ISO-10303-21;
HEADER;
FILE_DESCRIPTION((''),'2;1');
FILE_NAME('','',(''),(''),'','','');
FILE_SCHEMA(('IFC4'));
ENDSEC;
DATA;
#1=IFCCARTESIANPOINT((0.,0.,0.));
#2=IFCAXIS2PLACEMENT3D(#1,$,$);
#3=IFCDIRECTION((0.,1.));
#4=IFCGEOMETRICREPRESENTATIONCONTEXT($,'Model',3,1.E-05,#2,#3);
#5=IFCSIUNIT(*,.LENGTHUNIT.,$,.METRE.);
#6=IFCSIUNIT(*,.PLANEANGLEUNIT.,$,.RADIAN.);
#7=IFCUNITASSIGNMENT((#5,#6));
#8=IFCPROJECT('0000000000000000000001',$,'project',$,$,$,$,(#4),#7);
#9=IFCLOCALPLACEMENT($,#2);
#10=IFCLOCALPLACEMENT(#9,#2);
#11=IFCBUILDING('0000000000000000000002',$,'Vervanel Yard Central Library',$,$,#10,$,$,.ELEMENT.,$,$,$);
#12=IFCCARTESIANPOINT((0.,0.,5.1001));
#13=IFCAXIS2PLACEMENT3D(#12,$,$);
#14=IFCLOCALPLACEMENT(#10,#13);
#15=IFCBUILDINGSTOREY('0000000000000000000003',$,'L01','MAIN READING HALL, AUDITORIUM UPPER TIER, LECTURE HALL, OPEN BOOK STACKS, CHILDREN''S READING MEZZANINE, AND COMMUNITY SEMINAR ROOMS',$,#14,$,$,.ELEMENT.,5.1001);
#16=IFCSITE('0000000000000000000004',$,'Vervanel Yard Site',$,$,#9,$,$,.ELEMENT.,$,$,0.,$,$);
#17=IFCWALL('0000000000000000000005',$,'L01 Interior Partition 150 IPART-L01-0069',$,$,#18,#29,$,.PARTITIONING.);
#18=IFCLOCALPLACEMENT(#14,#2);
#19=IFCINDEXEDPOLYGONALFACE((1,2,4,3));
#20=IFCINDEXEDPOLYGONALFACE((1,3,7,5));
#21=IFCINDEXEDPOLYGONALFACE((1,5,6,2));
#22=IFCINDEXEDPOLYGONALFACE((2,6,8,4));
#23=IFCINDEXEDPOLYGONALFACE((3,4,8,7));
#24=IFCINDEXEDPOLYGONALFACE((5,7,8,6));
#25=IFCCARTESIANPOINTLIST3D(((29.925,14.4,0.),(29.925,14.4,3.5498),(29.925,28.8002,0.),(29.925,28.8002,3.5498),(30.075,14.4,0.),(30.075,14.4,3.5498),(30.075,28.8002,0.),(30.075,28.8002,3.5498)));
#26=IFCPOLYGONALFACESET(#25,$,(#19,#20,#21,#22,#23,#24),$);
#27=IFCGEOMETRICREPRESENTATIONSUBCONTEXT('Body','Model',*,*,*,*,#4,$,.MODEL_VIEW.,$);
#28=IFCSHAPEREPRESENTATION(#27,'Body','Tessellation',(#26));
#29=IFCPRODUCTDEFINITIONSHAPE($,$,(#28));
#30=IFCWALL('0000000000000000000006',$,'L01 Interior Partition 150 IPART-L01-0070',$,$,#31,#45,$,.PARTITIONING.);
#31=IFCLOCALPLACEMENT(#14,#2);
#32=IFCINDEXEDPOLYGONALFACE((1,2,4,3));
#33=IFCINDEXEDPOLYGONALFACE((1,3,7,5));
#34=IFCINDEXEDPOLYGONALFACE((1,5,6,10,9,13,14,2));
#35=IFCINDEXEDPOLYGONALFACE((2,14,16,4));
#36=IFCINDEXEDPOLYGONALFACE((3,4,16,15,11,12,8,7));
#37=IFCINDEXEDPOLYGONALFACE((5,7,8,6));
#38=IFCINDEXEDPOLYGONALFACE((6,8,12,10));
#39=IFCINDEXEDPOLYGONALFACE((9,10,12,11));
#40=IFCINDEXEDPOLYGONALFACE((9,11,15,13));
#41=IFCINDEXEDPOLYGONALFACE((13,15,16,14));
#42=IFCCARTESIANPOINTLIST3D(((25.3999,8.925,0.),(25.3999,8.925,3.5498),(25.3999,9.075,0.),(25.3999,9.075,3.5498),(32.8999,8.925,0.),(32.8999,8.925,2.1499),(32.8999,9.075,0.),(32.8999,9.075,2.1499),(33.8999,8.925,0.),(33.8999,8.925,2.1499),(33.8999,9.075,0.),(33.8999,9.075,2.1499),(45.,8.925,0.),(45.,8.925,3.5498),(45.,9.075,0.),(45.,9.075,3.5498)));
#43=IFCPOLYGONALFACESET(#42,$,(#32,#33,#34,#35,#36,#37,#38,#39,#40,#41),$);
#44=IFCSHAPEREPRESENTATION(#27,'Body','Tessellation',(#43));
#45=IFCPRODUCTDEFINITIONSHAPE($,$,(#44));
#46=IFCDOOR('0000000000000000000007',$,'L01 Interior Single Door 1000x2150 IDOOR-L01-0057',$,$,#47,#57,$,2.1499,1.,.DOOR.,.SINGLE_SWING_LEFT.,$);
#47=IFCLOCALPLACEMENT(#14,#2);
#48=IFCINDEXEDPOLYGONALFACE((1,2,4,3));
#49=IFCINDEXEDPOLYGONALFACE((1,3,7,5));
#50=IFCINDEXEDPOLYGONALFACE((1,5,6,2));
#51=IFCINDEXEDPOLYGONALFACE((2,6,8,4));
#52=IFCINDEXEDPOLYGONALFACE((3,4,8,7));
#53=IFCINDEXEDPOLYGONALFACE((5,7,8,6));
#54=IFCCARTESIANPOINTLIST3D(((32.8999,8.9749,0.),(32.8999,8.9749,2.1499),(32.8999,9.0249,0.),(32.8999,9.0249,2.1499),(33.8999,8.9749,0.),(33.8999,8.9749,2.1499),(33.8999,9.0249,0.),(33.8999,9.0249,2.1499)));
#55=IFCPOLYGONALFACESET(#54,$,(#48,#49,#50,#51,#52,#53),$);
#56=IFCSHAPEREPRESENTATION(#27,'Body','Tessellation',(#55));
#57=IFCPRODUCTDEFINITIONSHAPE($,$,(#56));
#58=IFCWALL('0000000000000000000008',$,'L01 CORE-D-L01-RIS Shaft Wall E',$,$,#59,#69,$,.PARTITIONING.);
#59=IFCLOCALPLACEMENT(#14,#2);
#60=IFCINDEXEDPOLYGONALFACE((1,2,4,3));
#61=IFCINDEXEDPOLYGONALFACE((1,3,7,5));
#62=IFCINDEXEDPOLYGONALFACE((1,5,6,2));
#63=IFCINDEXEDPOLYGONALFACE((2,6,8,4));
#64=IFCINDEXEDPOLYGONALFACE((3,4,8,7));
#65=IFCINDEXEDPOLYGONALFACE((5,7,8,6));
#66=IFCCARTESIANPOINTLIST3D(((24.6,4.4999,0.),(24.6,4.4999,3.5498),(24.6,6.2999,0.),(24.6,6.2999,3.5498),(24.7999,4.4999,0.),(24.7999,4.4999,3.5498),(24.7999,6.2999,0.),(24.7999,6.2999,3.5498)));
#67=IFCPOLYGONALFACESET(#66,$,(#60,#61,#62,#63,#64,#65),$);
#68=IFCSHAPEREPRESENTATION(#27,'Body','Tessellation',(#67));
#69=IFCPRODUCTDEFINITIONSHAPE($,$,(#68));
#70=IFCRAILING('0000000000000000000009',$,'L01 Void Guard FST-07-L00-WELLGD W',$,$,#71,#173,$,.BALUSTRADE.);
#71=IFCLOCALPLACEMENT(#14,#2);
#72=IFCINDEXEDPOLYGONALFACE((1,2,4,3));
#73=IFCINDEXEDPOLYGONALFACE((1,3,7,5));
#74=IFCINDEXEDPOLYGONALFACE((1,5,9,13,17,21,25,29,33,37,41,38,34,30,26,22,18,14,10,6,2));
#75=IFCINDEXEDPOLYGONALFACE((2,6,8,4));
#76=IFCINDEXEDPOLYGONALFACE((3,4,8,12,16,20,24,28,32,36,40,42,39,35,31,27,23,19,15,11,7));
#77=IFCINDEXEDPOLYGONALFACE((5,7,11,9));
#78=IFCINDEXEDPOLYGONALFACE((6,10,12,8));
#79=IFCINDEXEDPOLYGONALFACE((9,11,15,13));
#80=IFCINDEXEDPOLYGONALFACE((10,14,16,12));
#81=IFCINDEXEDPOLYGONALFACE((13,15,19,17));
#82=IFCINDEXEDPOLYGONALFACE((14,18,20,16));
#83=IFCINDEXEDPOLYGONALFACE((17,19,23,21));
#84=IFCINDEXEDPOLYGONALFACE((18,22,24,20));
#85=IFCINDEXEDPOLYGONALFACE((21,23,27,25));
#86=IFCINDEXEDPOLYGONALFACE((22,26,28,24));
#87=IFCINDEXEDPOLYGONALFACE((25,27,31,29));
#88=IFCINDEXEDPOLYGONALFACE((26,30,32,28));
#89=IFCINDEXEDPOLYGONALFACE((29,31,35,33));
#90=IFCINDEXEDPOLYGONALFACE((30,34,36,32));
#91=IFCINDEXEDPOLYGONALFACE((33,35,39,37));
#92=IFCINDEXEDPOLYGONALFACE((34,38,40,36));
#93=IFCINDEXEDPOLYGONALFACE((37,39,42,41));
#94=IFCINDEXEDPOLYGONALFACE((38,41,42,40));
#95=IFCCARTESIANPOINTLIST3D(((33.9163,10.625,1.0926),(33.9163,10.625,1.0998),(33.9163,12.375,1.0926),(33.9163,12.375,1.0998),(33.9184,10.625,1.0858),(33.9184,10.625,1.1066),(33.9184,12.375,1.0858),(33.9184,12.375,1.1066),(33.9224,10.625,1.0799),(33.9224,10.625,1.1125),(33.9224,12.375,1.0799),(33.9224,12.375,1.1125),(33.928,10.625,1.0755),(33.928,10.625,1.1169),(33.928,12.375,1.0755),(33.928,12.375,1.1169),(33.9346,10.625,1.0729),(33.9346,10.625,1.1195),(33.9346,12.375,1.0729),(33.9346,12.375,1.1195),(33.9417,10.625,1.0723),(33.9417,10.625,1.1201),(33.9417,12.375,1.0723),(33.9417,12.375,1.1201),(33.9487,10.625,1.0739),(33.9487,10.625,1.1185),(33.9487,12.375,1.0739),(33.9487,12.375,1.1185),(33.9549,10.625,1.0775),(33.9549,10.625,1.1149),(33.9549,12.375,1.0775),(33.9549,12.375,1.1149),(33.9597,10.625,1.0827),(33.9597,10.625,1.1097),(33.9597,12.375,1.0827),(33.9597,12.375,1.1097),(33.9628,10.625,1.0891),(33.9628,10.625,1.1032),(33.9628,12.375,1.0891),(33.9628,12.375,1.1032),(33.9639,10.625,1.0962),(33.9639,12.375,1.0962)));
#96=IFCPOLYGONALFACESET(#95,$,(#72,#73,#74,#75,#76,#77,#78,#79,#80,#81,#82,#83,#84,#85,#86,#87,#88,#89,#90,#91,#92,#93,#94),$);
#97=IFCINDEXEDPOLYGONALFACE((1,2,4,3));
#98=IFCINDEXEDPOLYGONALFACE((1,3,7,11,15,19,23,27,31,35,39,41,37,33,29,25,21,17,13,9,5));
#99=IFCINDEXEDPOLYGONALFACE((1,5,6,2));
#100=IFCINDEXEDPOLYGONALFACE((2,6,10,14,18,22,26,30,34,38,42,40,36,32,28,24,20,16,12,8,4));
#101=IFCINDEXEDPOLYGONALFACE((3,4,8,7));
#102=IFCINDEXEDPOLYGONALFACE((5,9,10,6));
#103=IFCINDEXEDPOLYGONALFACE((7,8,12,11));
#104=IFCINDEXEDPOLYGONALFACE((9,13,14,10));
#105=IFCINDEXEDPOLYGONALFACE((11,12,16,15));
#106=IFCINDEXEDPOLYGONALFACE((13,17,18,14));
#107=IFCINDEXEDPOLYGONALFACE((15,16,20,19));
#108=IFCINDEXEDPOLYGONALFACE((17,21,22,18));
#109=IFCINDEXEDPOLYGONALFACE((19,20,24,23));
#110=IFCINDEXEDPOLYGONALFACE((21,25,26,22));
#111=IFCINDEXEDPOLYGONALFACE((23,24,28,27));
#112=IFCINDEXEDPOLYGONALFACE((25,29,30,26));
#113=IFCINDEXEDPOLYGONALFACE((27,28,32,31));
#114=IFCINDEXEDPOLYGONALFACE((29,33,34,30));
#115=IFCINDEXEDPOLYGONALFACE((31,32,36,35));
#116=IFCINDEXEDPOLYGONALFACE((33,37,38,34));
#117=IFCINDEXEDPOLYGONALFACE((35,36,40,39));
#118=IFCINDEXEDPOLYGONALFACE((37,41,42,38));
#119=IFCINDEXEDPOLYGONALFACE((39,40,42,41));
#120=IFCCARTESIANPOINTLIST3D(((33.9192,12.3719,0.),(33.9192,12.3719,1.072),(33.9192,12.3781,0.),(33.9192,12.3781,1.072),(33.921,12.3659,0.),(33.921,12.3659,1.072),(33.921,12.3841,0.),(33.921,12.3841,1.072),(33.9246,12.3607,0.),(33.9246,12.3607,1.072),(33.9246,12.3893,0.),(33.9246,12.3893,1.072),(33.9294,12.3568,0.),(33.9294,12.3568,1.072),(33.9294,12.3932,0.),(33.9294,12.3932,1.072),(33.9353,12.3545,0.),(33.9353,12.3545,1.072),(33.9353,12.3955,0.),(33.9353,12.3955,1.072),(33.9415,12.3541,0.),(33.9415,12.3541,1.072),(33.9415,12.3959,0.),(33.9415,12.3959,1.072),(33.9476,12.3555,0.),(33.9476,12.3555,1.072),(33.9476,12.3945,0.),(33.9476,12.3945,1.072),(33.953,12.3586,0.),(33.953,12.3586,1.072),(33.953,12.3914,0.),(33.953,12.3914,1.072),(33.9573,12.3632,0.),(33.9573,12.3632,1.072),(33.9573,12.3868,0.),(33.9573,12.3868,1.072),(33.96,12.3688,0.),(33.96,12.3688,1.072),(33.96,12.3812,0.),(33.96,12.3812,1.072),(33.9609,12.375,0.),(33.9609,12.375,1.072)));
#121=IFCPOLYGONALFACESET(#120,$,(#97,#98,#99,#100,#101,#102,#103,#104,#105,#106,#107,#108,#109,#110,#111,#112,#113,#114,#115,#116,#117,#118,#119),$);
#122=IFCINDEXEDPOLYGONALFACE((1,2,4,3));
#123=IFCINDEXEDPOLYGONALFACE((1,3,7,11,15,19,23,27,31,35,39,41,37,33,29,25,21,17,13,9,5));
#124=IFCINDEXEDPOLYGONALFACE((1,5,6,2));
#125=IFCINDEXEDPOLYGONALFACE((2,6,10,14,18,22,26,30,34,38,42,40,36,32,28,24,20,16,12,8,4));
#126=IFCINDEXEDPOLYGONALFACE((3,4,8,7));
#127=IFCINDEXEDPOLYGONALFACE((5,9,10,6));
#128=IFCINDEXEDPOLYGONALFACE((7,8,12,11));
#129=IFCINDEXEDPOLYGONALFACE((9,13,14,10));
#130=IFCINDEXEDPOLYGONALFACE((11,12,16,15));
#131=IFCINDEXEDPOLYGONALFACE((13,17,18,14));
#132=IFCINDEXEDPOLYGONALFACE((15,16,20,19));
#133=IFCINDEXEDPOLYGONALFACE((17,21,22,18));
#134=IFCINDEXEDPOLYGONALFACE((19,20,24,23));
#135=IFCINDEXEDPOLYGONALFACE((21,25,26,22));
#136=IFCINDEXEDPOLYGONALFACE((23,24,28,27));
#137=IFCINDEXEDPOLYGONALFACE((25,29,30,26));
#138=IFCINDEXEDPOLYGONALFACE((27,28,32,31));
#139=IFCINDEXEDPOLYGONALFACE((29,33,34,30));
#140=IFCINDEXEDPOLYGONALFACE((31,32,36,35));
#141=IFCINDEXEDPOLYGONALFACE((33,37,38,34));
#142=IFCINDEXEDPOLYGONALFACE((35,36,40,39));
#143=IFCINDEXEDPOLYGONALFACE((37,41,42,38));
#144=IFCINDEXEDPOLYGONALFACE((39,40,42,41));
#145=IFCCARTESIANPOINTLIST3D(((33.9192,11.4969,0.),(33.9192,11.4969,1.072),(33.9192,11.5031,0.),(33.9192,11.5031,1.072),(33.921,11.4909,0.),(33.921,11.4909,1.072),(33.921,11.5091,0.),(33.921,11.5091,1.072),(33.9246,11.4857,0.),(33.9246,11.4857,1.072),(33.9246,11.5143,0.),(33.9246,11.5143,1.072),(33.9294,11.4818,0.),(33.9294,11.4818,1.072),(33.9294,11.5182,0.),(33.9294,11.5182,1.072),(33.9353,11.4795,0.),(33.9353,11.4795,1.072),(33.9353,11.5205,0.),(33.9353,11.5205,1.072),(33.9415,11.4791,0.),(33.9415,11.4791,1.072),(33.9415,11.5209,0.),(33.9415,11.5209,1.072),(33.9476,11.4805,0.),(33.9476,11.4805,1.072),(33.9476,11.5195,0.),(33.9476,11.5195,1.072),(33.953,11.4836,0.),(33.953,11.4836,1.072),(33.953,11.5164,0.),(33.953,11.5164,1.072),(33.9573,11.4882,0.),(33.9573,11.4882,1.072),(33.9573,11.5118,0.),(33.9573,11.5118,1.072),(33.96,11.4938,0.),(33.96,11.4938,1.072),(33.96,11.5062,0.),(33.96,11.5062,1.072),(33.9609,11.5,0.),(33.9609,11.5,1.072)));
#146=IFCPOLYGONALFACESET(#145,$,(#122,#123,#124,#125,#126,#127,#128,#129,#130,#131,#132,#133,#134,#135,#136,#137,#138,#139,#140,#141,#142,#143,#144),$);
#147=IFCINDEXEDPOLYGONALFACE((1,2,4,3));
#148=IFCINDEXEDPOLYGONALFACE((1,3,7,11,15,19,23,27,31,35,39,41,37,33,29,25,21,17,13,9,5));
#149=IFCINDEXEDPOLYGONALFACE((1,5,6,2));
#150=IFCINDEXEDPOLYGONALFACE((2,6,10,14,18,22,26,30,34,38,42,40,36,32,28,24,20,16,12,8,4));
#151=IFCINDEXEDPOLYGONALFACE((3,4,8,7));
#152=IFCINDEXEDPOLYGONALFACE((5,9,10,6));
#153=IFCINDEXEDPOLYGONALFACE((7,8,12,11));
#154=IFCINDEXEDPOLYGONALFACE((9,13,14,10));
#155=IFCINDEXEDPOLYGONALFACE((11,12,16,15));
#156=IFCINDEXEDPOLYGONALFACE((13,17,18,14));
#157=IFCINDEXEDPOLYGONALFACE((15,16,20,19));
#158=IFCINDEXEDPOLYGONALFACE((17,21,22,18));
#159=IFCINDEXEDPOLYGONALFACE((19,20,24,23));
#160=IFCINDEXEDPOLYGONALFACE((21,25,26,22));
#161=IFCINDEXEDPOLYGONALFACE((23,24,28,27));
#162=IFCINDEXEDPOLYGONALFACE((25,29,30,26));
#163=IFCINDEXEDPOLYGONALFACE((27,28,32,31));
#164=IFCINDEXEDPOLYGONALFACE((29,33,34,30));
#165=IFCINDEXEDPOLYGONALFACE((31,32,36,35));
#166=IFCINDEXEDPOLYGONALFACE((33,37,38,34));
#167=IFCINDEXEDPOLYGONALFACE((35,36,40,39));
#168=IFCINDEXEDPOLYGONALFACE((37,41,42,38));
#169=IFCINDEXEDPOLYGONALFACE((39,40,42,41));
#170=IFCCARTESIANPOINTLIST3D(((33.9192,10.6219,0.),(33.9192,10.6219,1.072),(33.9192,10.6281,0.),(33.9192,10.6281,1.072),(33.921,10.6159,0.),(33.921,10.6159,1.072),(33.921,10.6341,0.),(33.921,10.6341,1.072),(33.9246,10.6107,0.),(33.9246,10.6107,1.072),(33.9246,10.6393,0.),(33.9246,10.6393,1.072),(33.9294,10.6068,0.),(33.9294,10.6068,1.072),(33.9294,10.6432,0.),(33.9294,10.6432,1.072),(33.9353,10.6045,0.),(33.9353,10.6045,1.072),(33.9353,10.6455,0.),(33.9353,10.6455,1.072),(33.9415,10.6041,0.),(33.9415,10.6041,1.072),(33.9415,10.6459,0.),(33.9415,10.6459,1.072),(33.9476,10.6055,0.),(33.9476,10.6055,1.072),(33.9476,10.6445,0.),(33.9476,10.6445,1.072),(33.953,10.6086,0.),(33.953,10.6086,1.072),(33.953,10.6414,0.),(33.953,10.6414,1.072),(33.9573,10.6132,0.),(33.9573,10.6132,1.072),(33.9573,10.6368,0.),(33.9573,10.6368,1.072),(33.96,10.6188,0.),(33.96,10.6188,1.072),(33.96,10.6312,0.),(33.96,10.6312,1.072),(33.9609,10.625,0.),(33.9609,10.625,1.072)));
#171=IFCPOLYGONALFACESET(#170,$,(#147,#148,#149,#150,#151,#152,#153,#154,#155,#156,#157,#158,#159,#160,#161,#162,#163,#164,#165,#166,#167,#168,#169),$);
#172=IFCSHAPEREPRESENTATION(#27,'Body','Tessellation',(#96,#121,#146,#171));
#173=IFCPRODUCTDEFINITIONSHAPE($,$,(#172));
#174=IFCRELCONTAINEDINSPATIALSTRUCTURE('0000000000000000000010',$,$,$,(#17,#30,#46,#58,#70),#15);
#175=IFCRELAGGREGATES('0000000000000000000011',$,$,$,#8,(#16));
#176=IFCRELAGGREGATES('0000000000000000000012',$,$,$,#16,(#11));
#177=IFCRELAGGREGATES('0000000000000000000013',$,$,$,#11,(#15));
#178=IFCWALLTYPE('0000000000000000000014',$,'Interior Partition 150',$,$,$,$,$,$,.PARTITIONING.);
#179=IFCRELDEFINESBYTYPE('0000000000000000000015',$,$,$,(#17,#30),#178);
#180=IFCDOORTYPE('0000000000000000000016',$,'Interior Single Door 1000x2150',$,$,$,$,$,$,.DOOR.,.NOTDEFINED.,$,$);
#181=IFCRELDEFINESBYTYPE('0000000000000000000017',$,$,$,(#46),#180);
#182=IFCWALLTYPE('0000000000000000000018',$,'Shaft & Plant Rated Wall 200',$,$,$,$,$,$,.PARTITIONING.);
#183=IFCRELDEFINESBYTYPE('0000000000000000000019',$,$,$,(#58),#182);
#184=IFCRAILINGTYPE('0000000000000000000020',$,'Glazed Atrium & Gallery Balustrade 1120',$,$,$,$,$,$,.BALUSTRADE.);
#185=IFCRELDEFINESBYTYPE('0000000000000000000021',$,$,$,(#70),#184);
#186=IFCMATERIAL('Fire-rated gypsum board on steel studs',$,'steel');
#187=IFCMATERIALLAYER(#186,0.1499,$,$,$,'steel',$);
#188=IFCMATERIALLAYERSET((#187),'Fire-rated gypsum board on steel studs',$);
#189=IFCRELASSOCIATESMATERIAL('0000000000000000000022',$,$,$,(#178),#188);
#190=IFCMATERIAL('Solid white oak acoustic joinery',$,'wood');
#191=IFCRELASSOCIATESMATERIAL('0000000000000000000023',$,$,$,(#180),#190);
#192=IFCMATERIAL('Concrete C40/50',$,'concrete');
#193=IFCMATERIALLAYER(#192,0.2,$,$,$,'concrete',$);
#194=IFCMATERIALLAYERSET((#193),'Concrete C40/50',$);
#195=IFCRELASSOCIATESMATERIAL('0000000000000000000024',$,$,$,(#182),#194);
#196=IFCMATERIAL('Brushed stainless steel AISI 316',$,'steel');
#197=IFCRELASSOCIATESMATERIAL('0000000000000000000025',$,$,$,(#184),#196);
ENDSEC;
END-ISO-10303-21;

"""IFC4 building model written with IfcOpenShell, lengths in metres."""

from ifc_helpers import new_model, si_unit, direction, frame, frame_2d, origin, origin_2d, place, context, subcontext, project, spatial, rectangle, circle, extrude, material, layer, layer_set, type_object, element, fill, save


model = new_model("IFC4")

# Units and contexts
model_context = context("Model", 3, precision=1e-05, world=origin(), true_north=direction((0.0, 1.0)))
body_context = subcontext(model_context, "Body", "Model", "MODEL_VIEW")
ifc_project = project(units=[si_unit("LENGTHUNIT", "METRE"), si_unit("PLANEANGLEUNIT", "RADIAN")], contexts=[model_context])

# Site, building, storey
site_placement = place(None, origin())
site = spatial("IfcSite", under=ifc_project, at=site_placement, Name="Vervanel Yard Site", CompositionType="ELEMENT", RefElevation=0.0)
building_placement = place(site_placement, origin())
building = spatial("IfcBuilding", under=site, at=building_placement, Name="Vervanel Yard Central Library", CompositionType="ELEMENT")
storey_placement = place(building_placement, frame((0.0, 0.0, 5.1001)))
storey = spatial("IfcBuildingStorey", under=building, at=storey_placement, Name="L01", Description="MAIN READING HALL, AUDITORIUM UPPER TIER, LECTURE HALL, OPEN BOOK STACKS, CHILDREN'S READING MEZZANINE, AND COMMUNITY SEMINAR ROOMS", CompositionType="ELEMENT", Elevation=5.1001)

# Shared definitions
ifc_material_1 = material(Name="Concrete C40/50", Category="concrete")

# Wall
ifc_material_2 = material(Name="Fire-rated gypsum board on steel studs", Category="steel")
ifc_layer_1 = layer(ifc_material_2, 0.1499, Category="steel")
ifc_layer_set_1 = layer_set([ifc_layer_1], Name="Fire-rated gypsum board on steel studs")
wall_type_1 = type_object("IfcWallType", Name="Interior Partition 150", PredefinedType="PARTITIONING", material=ifc_layer_set_1)
wall_1_placement = place(storey_placement, frame((30.0, 14.3999, 0.0), z_axis=(0.0, 0.0, 1.0), x_axis=(0.0, 1.0, 0.0)))
element("IfcWall", 1, at=wall_1_placement, inside=storey, type_object=wall_type_1, Name="L01 Interior Partition 150 IPART-L01-0069", PredefinedType="PARTITIONING", context=body_context, shape_type="SweptSolid", body=[
    extrude(rectangle(XDim=14.4001, YDim=0.1499, at=frame_2d((7.2002, 0.0))), origin(), (0.0, 0.0, 1.0), 3.5498),
])

# Wall, opening, door
wall_2_placement = place(storey_placement, frame((25.3999, 9.0, 0.0), z_axis=(0.0, 0.0, 1.0), x_axis=(1.0, 0.0, 0.0)))
wall_2 = element("IfcWall", 2, at=wall_2_placement, inside=storey, type_object=wall_type_1, Name="L01 Interior Partition 150 IPART-L01-0070", PredefinedType="PARTITIONING", context=body_context, shape_type="SweptSolid", body=[
    extrude(rectangle(XDim=19.6001, YDim=0.1499, at=frame_2d((9.8, 0.0))), origin(), (0.0, 0.0, 1.0), 3.5498),
])
opening_placement = place(wall_2_placement, frame((7.5, 0.0, 0.0)))
opening = element("IfcOpeningElement", 3, at=opening_placement, cuts=wall_2, PredefinedType="OPENING", context=body_context, shape_type="SweptSolid", body=[
    extrude(rectangle(XDim=1.0, YDim=2.1499, at=frame_2d((0.5, 1.075))), frame((0.0, 0.085, 0.0), z_axis=(0.0, -1.0, 0.0), x_axis=(1.0, 0.0, 0.0)), (0.0, 0.0, 1.0), 0.1699),
])
ifc_material_3 = material(Name="Solid white oak acoustic joinery", Category="wood")
door_type = type_object("IfcDoorType", Name="Interior Single Door 1000x2150", OperationType="NOTDEFINED", PredefinedType="DOOR", material=ifc_material_3)
door_placement = place(opening_placement, origin())
door = element("IfcDoor", 4, at=door_placement, inside=storey, type_object=door_type, Name="L01 Interior Single Door 1000x2150 IDOOR-L01-0057", OperationType="SINGLE_SWING_LEFT", OverallHeight=2.1499, OverallWidth=1.0, PredefinedType="DOOR", context=body_context, shape_type="SweptSolid", body=[
    extrude(rectangle(XDim=1.0, YDim=2.1499, at=frame_2d((0.5, 1.075))), frame((0.0, 0.0249, 0.0), z_axis=(0.0, -1.0, 0.0), x_axis=(1.0, 0.0, 0.0)), (0.0, 0.0, 1.0), 0.05),
])
fill(opening, door)

# Wall
ifc_layer_2 = layer(ifc_material_1, 0.2, Category="concrete")
ifc_layer_set_2 = layer_set([ifc_layer_2], Name="Concrete C40/50")
wall_type_2 = type_object("IfcWallType", Name="Shaft & Plant Rated Wall 200", PredefinedType="PARTITIONING", material=ifc_layer_set_2)
wall_3_placement = place(storey_placement, frame((24.7, 4.5, 0.0), z_axis=(0.0, 0.0, 1.0), x_axis=(0.0, 1.0, 0.0)))
element("IfcWall", 5, at=wall_3_placement, inside=storey, type_object=wall_type_2, Name="L01 CORE-D-L01-RIS Shaft Wall E", PredefinedType="PARTITIONING", context=body_context, shape_type="SweptSolid", body=[
    extrude(rectangle(XDim=1.8, YDim=0.2, at=frame_2d((0.8999, 0.0))), origin(), (0.0, 0.0, 1.0), 3.5498),
])

# Railing
ifc_material_4 = material(Name="Brushed stainless steel AISI 316", Category="steel")
railing_type = type_object("IfcRailingType", Name="Glazed Atrium & Gallery Balustrade 1120", PredefinedType="BALUSTRADE", material=ifc_material_4)
railing_1_placement = place(storey_placement, frame((33.9399, 12.375, 0.0)))
element("IfcRailing", 6, at=railing_1_placement, inside=storey, type_object=railing_type, Name="L01 Void Guard FST-07-L00-WELLGD W", PredefinedType="BALUSTRADE", context=body_context, shape_type="SweptSolid", body=[
    extrude(circle(Radius=0.0239, at=origin_2d()), frame((0.0, 0.0, 1.0962), z_axis=(0.0, -1.0, 0.0), x_axis=(1.0, 0.0, 0.0)), (0.0, 0.0, 1.0), 1.75),
    extrude(circle(Radius=0.021, at=origin_2d()), origin(), (0.0, 0.0, 1.0), 1.072),
    extrude(circle(Radius=0.021, at=origin_2d()), frame((0.0, -0.875, 0.0)), (0.0, 0.0, 1.0), 1.072),
    extrude(circle(Radius=0.021, at=origin_2d()), frame((0.0, -1.75, 0.0)), (0.0, 0.0, 1.0), 1.072),
])

save(model, "model.ifc")
